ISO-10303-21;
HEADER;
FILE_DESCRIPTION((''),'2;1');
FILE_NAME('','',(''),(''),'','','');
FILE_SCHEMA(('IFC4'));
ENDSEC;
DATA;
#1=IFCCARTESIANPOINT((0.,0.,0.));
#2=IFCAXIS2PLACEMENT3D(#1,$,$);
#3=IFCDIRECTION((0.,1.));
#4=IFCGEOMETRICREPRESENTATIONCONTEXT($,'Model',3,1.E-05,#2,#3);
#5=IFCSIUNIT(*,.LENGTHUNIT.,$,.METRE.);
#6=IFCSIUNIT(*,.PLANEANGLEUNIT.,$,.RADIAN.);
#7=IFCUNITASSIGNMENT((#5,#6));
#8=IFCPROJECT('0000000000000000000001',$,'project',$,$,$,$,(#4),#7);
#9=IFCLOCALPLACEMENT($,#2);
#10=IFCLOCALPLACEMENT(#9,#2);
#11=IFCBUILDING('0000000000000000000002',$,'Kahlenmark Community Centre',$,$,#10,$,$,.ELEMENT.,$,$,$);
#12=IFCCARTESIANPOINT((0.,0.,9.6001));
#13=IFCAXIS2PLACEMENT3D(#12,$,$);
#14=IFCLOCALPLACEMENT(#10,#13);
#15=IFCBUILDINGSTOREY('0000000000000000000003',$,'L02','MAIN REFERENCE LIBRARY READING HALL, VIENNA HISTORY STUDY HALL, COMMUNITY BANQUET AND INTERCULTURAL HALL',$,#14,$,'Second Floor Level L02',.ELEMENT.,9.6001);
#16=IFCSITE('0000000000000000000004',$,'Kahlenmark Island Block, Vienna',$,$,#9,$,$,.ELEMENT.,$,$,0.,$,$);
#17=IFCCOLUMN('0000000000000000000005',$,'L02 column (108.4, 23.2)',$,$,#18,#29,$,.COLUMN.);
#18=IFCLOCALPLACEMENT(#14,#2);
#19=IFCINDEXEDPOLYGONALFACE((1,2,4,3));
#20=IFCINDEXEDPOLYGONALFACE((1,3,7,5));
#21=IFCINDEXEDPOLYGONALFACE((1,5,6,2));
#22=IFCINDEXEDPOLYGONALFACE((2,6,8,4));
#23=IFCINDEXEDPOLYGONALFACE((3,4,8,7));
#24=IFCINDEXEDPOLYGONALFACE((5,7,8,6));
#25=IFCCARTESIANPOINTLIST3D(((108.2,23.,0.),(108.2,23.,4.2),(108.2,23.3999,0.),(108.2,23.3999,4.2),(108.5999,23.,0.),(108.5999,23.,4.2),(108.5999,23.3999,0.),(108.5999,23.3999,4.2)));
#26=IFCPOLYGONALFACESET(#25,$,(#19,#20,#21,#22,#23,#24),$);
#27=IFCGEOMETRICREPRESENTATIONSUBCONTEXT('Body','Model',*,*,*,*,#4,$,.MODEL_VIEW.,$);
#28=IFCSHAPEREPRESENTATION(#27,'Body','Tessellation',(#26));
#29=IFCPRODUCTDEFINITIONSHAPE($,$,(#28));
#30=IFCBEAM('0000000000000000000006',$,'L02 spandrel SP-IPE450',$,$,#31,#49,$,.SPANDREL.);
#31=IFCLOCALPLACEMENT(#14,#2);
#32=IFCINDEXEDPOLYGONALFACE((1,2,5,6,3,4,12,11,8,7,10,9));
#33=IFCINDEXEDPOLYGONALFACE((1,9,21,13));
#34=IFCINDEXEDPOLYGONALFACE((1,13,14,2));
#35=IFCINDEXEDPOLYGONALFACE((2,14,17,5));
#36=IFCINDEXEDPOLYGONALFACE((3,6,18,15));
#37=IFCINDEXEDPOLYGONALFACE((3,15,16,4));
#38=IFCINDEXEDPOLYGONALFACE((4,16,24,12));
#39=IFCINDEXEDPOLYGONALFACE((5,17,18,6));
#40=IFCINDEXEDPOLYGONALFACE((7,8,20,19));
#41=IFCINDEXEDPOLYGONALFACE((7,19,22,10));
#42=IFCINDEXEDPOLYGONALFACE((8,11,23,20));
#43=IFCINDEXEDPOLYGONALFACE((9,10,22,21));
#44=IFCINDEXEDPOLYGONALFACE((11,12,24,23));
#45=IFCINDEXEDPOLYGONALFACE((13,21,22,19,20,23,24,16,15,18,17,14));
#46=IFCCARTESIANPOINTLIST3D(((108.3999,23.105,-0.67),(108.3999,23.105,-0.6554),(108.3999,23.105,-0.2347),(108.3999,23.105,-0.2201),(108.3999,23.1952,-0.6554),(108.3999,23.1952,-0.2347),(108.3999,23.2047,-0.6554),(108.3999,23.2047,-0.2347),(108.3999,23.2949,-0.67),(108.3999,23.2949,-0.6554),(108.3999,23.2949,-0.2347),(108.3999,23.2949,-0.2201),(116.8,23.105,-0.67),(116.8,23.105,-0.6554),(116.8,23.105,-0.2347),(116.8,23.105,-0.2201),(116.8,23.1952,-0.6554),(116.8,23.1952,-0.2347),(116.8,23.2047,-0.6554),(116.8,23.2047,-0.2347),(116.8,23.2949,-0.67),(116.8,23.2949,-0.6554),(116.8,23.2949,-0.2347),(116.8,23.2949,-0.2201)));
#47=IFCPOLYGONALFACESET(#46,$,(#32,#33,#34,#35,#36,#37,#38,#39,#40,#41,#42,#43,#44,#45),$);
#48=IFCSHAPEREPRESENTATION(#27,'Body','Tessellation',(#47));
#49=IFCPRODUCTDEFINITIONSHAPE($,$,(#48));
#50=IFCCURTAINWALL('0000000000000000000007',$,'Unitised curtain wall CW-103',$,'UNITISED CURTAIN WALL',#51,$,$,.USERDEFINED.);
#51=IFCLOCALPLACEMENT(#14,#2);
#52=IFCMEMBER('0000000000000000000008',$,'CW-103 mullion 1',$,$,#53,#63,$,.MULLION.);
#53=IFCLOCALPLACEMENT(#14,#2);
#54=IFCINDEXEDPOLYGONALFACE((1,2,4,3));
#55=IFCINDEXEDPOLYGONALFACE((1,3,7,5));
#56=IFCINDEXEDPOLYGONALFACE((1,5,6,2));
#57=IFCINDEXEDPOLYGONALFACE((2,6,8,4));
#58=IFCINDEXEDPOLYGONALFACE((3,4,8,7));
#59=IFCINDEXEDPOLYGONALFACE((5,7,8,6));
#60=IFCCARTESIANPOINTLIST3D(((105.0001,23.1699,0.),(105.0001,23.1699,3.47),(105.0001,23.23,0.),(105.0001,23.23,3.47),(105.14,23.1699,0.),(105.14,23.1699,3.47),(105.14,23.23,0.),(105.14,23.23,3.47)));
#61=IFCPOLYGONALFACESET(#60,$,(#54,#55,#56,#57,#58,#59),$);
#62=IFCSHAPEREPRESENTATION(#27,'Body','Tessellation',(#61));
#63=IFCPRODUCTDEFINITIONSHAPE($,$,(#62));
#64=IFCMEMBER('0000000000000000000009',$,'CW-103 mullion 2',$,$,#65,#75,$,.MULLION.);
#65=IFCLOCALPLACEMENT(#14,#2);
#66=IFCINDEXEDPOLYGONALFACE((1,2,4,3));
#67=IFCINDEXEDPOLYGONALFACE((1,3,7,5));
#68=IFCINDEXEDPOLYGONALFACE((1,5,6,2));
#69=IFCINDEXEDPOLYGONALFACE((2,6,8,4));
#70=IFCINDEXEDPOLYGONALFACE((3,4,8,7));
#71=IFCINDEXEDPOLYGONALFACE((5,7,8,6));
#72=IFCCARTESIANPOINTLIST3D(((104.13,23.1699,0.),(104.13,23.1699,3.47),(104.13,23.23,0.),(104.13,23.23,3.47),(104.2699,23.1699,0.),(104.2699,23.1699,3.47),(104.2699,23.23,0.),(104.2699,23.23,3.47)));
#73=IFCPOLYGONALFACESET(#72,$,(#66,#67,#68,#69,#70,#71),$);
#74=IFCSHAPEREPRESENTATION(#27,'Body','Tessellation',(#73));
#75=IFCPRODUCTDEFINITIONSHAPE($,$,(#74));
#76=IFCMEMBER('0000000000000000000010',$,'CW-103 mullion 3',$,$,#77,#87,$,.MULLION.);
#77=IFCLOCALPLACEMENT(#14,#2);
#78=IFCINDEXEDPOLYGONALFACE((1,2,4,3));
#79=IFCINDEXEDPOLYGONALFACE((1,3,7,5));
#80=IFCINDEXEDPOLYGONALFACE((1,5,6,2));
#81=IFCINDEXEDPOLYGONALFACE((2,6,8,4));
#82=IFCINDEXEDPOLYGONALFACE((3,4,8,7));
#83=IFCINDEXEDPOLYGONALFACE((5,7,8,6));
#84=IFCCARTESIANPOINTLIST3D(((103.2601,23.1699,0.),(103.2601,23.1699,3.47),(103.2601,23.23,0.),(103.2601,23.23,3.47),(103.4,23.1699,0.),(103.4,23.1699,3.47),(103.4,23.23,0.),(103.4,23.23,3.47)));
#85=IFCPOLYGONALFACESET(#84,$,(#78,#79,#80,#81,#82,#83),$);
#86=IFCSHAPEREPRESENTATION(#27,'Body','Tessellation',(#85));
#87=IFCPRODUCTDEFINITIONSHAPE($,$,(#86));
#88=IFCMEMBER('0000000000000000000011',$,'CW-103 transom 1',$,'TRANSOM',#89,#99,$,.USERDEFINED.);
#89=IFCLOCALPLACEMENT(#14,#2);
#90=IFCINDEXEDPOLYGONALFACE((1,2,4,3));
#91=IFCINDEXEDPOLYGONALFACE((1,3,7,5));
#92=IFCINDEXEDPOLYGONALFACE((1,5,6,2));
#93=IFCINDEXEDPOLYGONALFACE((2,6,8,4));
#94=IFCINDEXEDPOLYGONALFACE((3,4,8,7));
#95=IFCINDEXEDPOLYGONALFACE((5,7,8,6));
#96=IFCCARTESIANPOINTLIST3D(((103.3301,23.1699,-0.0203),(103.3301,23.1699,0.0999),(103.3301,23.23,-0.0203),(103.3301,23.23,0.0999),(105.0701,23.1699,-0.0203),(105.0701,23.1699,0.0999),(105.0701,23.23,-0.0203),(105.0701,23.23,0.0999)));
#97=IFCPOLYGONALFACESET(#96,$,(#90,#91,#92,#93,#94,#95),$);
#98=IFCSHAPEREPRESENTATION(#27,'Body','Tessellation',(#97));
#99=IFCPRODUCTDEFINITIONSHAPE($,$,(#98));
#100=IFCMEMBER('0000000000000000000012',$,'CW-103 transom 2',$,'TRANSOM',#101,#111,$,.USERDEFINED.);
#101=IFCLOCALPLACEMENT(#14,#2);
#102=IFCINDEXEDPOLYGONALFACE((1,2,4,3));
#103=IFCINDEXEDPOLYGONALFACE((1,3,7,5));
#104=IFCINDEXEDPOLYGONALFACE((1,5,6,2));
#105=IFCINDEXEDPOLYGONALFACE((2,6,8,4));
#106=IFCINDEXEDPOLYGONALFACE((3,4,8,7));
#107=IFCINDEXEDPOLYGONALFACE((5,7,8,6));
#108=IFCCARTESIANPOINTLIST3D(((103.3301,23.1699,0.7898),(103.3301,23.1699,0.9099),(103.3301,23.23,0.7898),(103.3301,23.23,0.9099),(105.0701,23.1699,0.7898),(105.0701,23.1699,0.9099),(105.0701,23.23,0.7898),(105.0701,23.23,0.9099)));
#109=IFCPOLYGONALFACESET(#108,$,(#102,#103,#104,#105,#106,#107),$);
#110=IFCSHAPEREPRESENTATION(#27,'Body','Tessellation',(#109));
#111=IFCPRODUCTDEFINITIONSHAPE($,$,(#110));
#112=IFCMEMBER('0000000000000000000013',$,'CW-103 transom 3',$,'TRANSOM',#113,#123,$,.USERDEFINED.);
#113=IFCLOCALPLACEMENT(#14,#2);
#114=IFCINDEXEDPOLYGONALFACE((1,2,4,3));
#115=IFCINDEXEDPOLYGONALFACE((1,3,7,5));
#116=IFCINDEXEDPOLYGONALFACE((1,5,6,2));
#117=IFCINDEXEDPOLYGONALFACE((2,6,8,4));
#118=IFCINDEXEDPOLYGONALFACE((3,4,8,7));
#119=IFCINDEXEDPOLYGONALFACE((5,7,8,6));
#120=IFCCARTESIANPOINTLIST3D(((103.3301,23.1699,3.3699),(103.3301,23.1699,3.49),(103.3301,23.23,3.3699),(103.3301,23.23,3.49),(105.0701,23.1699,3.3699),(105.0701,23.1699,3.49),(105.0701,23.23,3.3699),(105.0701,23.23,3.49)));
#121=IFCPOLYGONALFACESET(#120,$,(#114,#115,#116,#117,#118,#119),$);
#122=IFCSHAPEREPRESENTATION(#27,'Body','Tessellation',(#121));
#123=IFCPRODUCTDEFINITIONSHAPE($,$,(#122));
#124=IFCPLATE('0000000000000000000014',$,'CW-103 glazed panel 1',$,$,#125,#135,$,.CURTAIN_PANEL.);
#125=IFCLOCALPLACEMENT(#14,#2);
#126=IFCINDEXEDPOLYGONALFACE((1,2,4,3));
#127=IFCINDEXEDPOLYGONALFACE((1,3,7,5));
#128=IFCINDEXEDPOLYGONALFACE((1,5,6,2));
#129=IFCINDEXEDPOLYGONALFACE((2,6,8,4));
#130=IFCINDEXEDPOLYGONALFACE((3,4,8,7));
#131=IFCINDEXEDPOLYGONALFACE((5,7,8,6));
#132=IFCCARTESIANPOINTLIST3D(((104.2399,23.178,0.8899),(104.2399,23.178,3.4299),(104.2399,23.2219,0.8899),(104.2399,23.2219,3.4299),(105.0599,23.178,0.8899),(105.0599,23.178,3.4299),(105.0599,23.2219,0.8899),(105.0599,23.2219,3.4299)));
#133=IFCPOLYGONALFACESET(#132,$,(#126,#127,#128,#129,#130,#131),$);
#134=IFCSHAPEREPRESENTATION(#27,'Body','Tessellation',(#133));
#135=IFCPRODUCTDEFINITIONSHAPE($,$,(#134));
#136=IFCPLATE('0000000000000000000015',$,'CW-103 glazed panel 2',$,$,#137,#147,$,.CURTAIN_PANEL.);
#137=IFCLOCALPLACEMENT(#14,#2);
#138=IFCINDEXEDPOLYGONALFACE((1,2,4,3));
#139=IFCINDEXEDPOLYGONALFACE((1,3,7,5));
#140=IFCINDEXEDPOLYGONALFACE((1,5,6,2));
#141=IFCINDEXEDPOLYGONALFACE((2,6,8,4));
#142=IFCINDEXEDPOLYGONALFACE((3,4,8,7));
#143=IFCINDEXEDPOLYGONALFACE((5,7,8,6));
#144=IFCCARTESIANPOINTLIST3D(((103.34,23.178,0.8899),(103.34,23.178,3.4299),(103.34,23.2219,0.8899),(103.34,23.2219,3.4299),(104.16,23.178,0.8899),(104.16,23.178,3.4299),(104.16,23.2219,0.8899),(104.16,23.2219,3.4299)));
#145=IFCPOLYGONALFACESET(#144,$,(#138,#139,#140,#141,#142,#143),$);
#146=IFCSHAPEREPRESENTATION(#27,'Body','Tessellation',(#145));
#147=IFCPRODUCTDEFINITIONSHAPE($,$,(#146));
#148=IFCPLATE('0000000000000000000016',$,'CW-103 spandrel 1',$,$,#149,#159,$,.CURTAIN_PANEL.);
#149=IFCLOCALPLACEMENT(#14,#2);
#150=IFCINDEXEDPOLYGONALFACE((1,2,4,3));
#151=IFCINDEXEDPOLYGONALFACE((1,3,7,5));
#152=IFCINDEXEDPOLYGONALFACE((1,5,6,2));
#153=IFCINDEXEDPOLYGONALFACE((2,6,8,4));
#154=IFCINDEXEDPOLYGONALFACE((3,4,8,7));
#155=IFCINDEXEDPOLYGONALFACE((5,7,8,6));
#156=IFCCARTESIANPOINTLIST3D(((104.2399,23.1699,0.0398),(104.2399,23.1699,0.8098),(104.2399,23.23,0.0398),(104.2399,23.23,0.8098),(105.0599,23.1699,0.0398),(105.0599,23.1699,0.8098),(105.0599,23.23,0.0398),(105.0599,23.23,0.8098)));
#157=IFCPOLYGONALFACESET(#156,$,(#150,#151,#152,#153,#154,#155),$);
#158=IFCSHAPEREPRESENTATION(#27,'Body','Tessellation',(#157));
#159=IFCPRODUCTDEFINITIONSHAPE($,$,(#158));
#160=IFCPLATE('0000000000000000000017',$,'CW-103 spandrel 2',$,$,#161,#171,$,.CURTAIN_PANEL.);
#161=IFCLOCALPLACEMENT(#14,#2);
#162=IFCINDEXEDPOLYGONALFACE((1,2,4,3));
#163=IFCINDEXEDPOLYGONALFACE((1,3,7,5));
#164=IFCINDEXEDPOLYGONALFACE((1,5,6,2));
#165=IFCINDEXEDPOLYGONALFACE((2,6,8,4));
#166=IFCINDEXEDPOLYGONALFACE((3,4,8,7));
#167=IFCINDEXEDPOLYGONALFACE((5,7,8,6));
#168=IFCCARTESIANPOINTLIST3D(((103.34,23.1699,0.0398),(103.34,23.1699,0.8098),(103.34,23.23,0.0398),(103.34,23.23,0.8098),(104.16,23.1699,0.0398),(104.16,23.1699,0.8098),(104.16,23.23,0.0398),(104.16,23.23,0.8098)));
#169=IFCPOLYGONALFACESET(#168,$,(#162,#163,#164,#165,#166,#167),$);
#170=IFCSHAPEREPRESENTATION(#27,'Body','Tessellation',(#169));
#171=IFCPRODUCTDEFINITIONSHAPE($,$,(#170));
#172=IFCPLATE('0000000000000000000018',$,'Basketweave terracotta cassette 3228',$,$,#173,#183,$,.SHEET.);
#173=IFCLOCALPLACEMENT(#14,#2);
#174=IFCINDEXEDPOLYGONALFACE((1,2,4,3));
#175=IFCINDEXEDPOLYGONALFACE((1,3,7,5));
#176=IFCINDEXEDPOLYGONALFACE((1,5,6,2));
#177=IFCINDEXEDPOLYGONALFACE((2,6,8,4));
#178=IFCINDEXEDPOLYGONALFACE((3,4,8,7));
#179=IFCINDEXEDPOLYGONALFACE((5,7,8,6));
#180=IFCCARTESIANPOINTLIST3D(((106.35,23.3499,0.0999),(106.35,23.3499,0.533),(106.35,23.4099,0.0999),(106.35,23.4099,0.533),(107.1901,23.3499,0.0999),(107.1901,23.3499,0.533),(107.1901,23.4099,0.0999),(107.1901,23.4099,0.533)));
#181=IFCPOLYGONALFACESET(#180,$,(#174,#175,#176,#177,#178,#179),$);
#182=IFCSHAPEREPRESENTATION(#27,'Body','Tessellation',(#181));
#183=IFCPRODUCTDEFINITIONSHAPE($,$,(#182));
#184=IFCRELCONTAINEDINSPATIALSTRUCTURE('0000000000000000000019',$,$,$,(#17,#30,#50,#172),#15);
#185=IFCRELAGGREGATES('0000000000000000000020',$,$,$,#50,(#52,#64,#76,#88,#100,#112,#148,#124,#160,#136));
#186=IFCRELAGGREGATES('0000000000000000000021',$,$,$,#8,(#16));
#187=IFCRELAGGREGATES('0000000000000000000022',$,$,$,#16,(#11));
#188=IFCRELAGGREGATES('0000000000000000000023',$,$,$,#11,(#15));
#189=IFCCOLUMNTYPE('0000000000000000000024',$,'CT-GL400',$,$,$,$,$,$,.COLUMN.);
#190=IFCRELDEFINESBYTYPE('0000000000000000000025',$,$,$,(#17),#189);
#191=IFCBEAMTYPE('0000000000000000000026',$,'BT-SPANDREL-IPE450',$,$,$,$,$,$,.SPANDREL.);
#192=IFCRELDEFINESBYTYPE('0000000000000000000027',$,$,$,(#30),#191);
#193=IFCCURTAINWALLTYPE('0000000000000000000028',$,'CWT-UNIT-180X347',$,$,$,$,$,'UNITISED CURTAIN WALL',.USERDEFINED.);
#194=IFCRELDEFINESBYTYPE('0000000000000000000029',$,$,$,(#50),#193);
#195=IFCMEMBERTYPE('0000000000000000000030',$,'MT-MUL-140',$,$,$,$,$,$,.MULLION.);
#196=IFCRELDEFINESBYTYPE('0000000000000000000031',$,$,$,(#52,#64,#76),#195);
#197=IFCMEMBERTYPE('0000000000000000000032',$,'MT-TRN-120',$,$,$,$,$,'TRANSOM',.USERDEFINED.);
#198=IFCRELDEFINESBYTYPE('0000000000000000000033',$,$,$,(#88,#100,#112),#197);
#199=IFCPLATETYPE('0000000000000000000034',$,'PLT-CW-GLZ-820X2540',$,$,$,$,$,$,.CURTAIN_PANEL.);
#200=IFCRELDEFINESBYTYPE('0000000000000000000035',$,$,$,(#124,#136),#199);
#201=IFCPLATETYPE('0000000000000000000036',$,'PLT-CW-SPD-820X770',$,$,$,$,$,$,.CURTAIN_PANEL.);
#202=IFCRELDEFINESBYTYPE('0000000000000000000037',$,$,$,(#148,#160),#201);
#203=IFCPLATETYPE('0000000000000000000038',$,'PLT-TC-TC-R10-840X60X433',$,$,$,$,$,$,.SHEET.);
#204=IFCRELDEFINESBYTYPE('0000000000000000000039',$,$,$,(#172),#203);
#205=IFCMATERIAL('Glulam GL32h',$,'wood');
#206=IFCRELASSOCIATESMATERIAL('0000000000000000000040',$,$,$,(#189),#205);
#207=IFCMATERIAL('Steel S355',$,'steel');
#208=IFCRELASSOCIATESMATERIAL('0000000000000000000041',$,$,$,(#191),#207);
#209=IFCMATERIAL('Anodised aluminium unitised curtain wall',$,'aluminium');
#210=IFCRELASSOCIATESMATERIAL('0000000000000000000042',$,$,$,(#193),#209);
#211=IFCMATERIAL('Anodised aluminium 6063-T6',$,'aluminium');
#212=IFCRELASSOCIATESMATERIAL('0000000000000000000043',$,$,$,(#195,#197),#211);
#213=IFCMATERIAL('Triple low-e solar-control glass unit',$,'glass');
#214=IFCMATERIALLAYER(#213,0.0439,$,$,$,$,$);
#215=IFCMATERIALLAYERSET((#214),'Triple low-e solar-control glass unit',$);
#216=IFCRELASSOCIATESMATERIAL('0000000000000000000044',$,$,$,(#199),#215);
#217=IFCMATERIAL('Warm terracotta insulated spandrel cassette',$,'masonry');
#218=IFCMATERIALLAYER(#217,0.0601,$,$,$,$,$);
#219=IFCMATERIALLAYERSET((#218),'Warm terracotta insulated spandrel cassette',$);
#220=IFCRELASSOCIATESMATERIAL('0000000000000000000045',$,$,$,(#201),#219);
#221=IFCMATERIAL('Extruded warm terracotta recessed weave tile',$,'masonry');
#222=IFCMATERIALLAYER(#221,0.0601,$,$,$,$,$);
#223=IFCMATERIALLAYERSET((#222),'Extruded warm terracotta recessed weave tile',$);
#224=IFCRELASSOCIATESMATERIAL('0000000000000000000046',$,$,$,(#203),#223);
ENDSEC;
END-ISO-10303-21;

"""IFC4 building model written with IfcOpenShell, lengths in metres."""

from ifc_helpers import new_model, si_unit, direction, frame, origin, origin_2d, place, context, subcontext, project, spatial, rectangle, i_section, extrude, material, layer, layer_set, material_profile, profile_set, type_object, element, aggregate, save


model = new_model("IFC4")

# Units and contexts
model_context = context("Model", 3, precision=1e-05, world=origin(), true_north=direction((0.0, 1.0)))
body_context = subcontext(model_context, "Body", "Model", "MODEL_VIEW")
ifc_project = project(units=[si_unit("LENGTHUNIT", "METRE"), si_unit("PLANEANGLEUNIT", "RADIAN")], contexts=[model_context])

# Site, building, storey
site_placement = place(None, origin())
site = spatial("IfcSite", under=ifc_project, at=site_placement, Name="Kahlenmark Island Block, Vienna", CompositionType="ELEMENT", RefElevation=0.0)
building_placement = place(site_placement, origin())
building = spatial("IfcBuilding", under=site, at=building_placement, Name="Kahlenmark Community Centre", CompositionType="ELEMENT")
storey_placement = place(building_placement, frame((0.0, 0.0, 9.6001)))
storey = spatial("IfcBuildingStorey", under=building, at=storey_placement, Name="L02", Description="MAIN REFERENCE LIBRARY READING HALL, VIENNA HISTORY STUDY HALL, COMMUNITY BANQUET AND INTERCULTURAL HALL", LongName="Second Floor Level L02", CompositionType="ELEMENT", Elevation=9.6001)

# Column
ifc_material_1 = material(Name="Glulam GL32h", Category="wood")
ifc_material_profile_1 = material_profile(ifc_material_1, rectangle(XDim=0.3999, YDim=0.3999, at=origin_2d()), Name="GL32h 400x400")
ifc_profile_set_1 = profile_set([ifc_material_profile_1], Name="Glulam GL32h")
column_type = type_object("IfcColumnType", Name="CT-GL400", PredefinedType="COLUMN", material=ifc_profile_set_1)
column_placement = place(storey_placement, frame((108.3999, 23.2, 0.0), z_axis=(0.0, 0.0, 1.0), x_axis=(1.0, 0.0, 0.0)))
element("IfcColumn", 1, at=column_placement, inside=storey, type_object=column_type, Name="L02 column (108.4, 23.2)", PredefinedType="COLUMN", context=body_context, shape_type="SweptSolid", body=[
    extrude(rectangle(XDim=0.3999, YDim=0.3999, at=origin_2d()), origin(), (0.0, 0.0, 1.0), 4.2),
])

# Beam
ifc_material_2 = material(Name="Steel S355", Category="steel")
ifc_material_profile_2 = material_profile(ifc_material_2, i_section(OverallWidth=0.1899, OverallDepth=0.45, WebThickness=0.0095, FlangeThickness=0.0146, at=origin_2d()), Name="IPE 450")
ifc_profile_set_2 = profile_set([ifc_material_profile_2], Name="Steel S355")
beam_type = type_object("IfcBeamType", Name="BT-SPANDREL-IPE450", PredefinedType="SPANDREL", material=ifc_profile_set_2)
beam_placement = place(storey_placement, frame((108.3999, 23.2, -0.4451), z_axis=(1.0, 0.0, 0.0), x_axis=(0.0, 1.0, 0.0)))
element("IfcBeam", 2, at=beam_placement, inside=storey, type_object=beam_type, Name="L02 spandrel SP-IPE450", PredefinedType="SPANDREL", context=body_context, shape_type="SweptSolid", body=[
    extrude(i_section(OverallWidth=0.1899, OverallDepth=0.45, WebThickness=0.0095, FlangeThickness=0.0146, at=origin_2d()), origin(), (0.0, 0.0, 1.0), 8.4001),
])

# Curtain wall, members, plates
ifc_material_3 = material(Name="Anodised aluminium unitised curtain wall", Category="aluminium")
curtain_wall_type = type_object("IfcCurtainWallType", Name="CWT-UNIT-180X347", ElementType="UNITISED CURTAIN WALL", PredefinedType="USERDEFINED", material=ifc_material_3)
curtain_wall_placement = place(storey_placement, origin())
curtain_wall = element("IfcCurtainWall", 3, at=curtain_wall_placement, inside=storey, type_object=curtain_wall_type, Name="Unitised curtain wall CW-103", ObjectType="UNITISED CURTAIN WALL", PredefinedType="USERDEFINED")
ifc_material_4 = material(Name="Anodised aluminium 6063-T6", Category="aluminium")
ifc_material_profile_3 = material_profile(ifc_material_4, rectangle(XDim=0.0601, YDim=0.1399, at=origin_2d()), Name="ALU MULLION 60x140")
ifc_profile_set_3 = profile_set([ifc_material_profile_3], Name="Anodised aluminium 6063-T6")
member_type_1 = type_object("IfcMemberType", Name="MT-MUL-140", PredefinedType="MULLION", material=ifc_profile_set_3)
member_1_placement = place(storey_placement, frame((105.0701, 23.2, 0.0), z_axis=(0.0, 0.0, 1.0), x_axis=(0.0, -1.0, 0.0)))
member_1 = element("IfcMember", 4, at=member_1_placement, type_object=member_type_1, Name="CW-103 mullion 1", PredefinedType="MULLION", context=body_context, shape_type="SweptSolid", body=[
    extrude(rectangle(XDim=0.0601, YDim=0.1399, at=origin_2d()), origin(), (0.0, 0.0, 1.0), 3.47),
])
member_2_placement = place(storey_placement, frame((104.2, 23.2, 0.0), z_axis=(0.0, 0.0, 1.0), x_axis=(0.0, -1.0, 0.0)))
member_2 = element("IfcMember", 5, at=member_2_placement, type_object=member_type_1, Name="CW-103 mullion 2", PredefinedType="MULLION", context=body_context, shape_type="SweptSolid", body=[
    extrude(rectangle(XDim=0.0601, YDim=0.1399, at=origin_2d()), origin(), (0.0, 0.0, 1.0), 3.47),
])
member_3_placement = place(storey_placement, frame((103.3301, 23.2, 0.0), z_axis=(0.0, 0.0, 1.0), x_axis=(0.0, -1.0, 0.0)))
member_3 = element("IfcMember", 6, at=member_3_placement, type_object=member_type_1, Name="CW-103 mullion 3", PredefinedType="MULLION", context=body_context, shape_type="SweptSolid", body=[
    extrude(rectangle(XDim=0.0601, YDim=0.1399, at=origin_2d()), origin(), (0.0, 0.0, 1.0), 3.47),
])
ifc_material_profile_4 = material_profile(ifc_material_4, rectangle(XDim=0.0601, YDim=0.1201, at=origin_2d()), Name="ALU TRANSOM 60x120")
ifc_profile_set_4 = profile_set([ifc_material_profile_4], Name="Anodised aluminium 6063-T6")
member_type_2 = type_object("IfcMemberType", Name="MT-TRN-120", ElementType="TRANSOM", PredefinedType="USERDEFINED", material=ifc_profile_set_4)
member_4_placement = place(storey_placement, frame((105.0701, 23.2, 0.0398), z_axis=(-1.0, 0.0, 0.0), x_axis=(0.0, -1.0, 0.0)))
member_4 = element("IfcMember", 7, at=member_4_placement, type_object=member_type_2, Name="CW-103 transom 1", ObjectType="TRANSOM", PredefinedType="USERDEFINED", context=body_context, shape_type="SweptSolid", body=[
    extrude(rectangle(XDim=0.0601, YDim=0.1201, at=origin_2d()), origin(), (0.0, 0.0, 1.0), 1.74),
])
member_5_placement = place(storey_placement, frame((105.0701, 23.2, 0.8499), z_axis=(-1.0, 0.0, 0.0), x_axis=(0.0, -1.0, 0.0)))
member_5 = element("IfcMember", 8, at=member_5_placement, type_object=member_type_2, Name="CW-103 transom 2", ObjectType="TRANSOM", PredefinedType="USERDEFINED", context=body_context, shape_type="SweptSolid", body=[
    extrude(rectangle(XDim=0.0601, YDim=0.1201, at=origin_2d()), origin(), (0.0, 0.0, 1.0), 1.74),
])
member_6_placement = place(storey_placement, frame((105.0701, 23.2, 3.4299), z_axis=(-1.0, 0.0, 0.0), x_axis=(0.0, -1.0, 0.0)))
member_6 = element("IfcMember", 9, at=member_6_placement, type_object=member_type_2, Name="CW-103 transom 3", ObjectType="TRANSOM", PredefinedType="USERDEFINED", context=body_context, shape_type="SweptSolid", body=[
    extrude(rectangle(XDim=0.0601, YDim=0.1201, at=origin_2d()), origin(), (0.0, 0.0, 1.0), 1.74),
])
ifc_material_5 = material(Name="Triple low-e solar-control glass unit", Category="glass")
ifc_layer_1 = layer(ifc_material_5, 0.0439)
ifc_layer_set_1 = layer_set([ifc_layer_1], Name="Triple low-e solar-control glass unit")
plate_type_1 = type_object("IfcPlateType", Name="PLT-CW-GLZ-820X2540", PredefinedType="CURTAIN_PANEL", material=ifc_layer_set_1)
plate_1_placement = place(storey_placement, frame((104.6499, 23.2, 0.8899), z_axis=(0.0, 0.0, 1.0), x_axis=(-1.0, 0.0, 0.0)))
plate_1 = element("IfcPlate", 10, at=plate_1_placement, type_object=plate_type_1, Name="CW-103 glazed panel 1", PredefinedType="CURTAIN_PANEL", context=body_context, shape_type="SweptSolid", body=[
    extrude(rectangle(XDim=0.8201, YDim=0.0439, at=origin_2d()), origin(), (0.0, 0.0, 1.0), 2.54),
])
plate_2_placement = place(storey_placement, frame((103.75, 23.2, 0.8899), z_axis=(0.0, 0.0, 1.0), x_axis=(-1.0, 0.0, 0.0)))
plate_2 = element("IfcPlate", 11, at=plate_2_placement, type_object=plate_type_1, Name="CW-103 glazed panel 2", PredefinedType="CURTAIN_PANEL", context=body_context, shape_type="SweptSolid", body=[
    extrude(rectangle(XDim=0.8201, YDim=0.0439, at=origin_2d()), origin(), (0.0, 0.0, 1.0), 2.54),
])
ifc_material_6 = material(Name="Warm terracotta insulated spandrel cassette", Category="masonry")
ifc_layer_2 = layer(ifc_material_6, 0.0601)
ifc_layer_set_2 = layer_set([ifc_layer_2], Name="Warm terracotta insulated spandrel cassette")
plate_type_2 = type_object("IfcPlateType", Name="PLT-CW-SPD-820X770", PredefinedType="CURTAIN_PANEL", material=ifc_layer_set_2)
plate_3_placement = place(storey_placement, frame((104.6499, 23.2, 0.0398), z_axis=(0.0, 0.0, 1.0), x_axis=(-1.0, 0.0, 0.0)))
plate_3 = element("IfcPlate", 12, at=plate_3_placement, type_object=plate_type_2, Name="CW-103 spandrel 1", PredefinedType="CURTAIN_PANEL", context=body_context, shape_type="SweptSolid", body=[
    extrude(rectangle(XDim=0.8201, YDim=0.0601, at=origin_2d()), origin(), (0.0, 0.0, 1.0), 0.77),
])
plate_4_placement = place(storey_placement, frame((103.75, 23.2, 0.0398), z_axis=(0.0, 0.0, 1.0), x_axis=(-1.0, 0.0, 0.0)))
plate_4 = element("IfcPlate", 13, at=plate_4_placement, type_object=plate_type_2, Name="CW-103 spandrel 2", PredefinedType="CURTAIN_PANEL", context=body_context, shape_type="SweptSolid", body=[
    extrude(rectangle(XDim=0.8201, YDim=0.0601, at=origin_2d()), origin(), (0.0, 0.0, 1.0), 0.77),
])
aggregate(curtain_wall, [member_1, member_2, member_3, member_4, member_5, member_6, plate_3, plate_1, plate_4, plate_2])

# Plate
ifc_material_7 = material(Name="Extruded warm terracotta recessed weave tile", Category="masonry")
ifc_layer_3 = layer(ifc_material_7, 0.0601)
ifc_layer_set_3 = layer_set([ifc_layer_3], Name="Extruded warm terracotta recessed weave tile")
plate_type_3 = type_object("IfcPlateType", Name="PLT-TC-TC-R10-840X60X433", PredefinedType="SHEET", material=ifc_layer_set_3)
for number, where, z_axis, x_axis, name in (
    (14, (106.77, 23.3799, 0.0999), (0.0, 0.0, 1.0), (-1.0, 0.0, 0.0), "Basketweave terracotta cassette 3228"),
):
    element("IfcPlate", number, at=place(storey_placement, frame(where, z_axis=z_axis, x_axis=x_axis)), inside=storey, type_object=plate_type_3, Name=name, PredefinedType="SHEET", context=body_context, shape_type="SweptSolid", body=[
        extrude(rectangle(XDim=0.8401, YDim=0.0601, at=origin_2d()), origin(), (0.0, 0.0, 1.0), 0.4331),
    ])

save(model, "model.ifc")
